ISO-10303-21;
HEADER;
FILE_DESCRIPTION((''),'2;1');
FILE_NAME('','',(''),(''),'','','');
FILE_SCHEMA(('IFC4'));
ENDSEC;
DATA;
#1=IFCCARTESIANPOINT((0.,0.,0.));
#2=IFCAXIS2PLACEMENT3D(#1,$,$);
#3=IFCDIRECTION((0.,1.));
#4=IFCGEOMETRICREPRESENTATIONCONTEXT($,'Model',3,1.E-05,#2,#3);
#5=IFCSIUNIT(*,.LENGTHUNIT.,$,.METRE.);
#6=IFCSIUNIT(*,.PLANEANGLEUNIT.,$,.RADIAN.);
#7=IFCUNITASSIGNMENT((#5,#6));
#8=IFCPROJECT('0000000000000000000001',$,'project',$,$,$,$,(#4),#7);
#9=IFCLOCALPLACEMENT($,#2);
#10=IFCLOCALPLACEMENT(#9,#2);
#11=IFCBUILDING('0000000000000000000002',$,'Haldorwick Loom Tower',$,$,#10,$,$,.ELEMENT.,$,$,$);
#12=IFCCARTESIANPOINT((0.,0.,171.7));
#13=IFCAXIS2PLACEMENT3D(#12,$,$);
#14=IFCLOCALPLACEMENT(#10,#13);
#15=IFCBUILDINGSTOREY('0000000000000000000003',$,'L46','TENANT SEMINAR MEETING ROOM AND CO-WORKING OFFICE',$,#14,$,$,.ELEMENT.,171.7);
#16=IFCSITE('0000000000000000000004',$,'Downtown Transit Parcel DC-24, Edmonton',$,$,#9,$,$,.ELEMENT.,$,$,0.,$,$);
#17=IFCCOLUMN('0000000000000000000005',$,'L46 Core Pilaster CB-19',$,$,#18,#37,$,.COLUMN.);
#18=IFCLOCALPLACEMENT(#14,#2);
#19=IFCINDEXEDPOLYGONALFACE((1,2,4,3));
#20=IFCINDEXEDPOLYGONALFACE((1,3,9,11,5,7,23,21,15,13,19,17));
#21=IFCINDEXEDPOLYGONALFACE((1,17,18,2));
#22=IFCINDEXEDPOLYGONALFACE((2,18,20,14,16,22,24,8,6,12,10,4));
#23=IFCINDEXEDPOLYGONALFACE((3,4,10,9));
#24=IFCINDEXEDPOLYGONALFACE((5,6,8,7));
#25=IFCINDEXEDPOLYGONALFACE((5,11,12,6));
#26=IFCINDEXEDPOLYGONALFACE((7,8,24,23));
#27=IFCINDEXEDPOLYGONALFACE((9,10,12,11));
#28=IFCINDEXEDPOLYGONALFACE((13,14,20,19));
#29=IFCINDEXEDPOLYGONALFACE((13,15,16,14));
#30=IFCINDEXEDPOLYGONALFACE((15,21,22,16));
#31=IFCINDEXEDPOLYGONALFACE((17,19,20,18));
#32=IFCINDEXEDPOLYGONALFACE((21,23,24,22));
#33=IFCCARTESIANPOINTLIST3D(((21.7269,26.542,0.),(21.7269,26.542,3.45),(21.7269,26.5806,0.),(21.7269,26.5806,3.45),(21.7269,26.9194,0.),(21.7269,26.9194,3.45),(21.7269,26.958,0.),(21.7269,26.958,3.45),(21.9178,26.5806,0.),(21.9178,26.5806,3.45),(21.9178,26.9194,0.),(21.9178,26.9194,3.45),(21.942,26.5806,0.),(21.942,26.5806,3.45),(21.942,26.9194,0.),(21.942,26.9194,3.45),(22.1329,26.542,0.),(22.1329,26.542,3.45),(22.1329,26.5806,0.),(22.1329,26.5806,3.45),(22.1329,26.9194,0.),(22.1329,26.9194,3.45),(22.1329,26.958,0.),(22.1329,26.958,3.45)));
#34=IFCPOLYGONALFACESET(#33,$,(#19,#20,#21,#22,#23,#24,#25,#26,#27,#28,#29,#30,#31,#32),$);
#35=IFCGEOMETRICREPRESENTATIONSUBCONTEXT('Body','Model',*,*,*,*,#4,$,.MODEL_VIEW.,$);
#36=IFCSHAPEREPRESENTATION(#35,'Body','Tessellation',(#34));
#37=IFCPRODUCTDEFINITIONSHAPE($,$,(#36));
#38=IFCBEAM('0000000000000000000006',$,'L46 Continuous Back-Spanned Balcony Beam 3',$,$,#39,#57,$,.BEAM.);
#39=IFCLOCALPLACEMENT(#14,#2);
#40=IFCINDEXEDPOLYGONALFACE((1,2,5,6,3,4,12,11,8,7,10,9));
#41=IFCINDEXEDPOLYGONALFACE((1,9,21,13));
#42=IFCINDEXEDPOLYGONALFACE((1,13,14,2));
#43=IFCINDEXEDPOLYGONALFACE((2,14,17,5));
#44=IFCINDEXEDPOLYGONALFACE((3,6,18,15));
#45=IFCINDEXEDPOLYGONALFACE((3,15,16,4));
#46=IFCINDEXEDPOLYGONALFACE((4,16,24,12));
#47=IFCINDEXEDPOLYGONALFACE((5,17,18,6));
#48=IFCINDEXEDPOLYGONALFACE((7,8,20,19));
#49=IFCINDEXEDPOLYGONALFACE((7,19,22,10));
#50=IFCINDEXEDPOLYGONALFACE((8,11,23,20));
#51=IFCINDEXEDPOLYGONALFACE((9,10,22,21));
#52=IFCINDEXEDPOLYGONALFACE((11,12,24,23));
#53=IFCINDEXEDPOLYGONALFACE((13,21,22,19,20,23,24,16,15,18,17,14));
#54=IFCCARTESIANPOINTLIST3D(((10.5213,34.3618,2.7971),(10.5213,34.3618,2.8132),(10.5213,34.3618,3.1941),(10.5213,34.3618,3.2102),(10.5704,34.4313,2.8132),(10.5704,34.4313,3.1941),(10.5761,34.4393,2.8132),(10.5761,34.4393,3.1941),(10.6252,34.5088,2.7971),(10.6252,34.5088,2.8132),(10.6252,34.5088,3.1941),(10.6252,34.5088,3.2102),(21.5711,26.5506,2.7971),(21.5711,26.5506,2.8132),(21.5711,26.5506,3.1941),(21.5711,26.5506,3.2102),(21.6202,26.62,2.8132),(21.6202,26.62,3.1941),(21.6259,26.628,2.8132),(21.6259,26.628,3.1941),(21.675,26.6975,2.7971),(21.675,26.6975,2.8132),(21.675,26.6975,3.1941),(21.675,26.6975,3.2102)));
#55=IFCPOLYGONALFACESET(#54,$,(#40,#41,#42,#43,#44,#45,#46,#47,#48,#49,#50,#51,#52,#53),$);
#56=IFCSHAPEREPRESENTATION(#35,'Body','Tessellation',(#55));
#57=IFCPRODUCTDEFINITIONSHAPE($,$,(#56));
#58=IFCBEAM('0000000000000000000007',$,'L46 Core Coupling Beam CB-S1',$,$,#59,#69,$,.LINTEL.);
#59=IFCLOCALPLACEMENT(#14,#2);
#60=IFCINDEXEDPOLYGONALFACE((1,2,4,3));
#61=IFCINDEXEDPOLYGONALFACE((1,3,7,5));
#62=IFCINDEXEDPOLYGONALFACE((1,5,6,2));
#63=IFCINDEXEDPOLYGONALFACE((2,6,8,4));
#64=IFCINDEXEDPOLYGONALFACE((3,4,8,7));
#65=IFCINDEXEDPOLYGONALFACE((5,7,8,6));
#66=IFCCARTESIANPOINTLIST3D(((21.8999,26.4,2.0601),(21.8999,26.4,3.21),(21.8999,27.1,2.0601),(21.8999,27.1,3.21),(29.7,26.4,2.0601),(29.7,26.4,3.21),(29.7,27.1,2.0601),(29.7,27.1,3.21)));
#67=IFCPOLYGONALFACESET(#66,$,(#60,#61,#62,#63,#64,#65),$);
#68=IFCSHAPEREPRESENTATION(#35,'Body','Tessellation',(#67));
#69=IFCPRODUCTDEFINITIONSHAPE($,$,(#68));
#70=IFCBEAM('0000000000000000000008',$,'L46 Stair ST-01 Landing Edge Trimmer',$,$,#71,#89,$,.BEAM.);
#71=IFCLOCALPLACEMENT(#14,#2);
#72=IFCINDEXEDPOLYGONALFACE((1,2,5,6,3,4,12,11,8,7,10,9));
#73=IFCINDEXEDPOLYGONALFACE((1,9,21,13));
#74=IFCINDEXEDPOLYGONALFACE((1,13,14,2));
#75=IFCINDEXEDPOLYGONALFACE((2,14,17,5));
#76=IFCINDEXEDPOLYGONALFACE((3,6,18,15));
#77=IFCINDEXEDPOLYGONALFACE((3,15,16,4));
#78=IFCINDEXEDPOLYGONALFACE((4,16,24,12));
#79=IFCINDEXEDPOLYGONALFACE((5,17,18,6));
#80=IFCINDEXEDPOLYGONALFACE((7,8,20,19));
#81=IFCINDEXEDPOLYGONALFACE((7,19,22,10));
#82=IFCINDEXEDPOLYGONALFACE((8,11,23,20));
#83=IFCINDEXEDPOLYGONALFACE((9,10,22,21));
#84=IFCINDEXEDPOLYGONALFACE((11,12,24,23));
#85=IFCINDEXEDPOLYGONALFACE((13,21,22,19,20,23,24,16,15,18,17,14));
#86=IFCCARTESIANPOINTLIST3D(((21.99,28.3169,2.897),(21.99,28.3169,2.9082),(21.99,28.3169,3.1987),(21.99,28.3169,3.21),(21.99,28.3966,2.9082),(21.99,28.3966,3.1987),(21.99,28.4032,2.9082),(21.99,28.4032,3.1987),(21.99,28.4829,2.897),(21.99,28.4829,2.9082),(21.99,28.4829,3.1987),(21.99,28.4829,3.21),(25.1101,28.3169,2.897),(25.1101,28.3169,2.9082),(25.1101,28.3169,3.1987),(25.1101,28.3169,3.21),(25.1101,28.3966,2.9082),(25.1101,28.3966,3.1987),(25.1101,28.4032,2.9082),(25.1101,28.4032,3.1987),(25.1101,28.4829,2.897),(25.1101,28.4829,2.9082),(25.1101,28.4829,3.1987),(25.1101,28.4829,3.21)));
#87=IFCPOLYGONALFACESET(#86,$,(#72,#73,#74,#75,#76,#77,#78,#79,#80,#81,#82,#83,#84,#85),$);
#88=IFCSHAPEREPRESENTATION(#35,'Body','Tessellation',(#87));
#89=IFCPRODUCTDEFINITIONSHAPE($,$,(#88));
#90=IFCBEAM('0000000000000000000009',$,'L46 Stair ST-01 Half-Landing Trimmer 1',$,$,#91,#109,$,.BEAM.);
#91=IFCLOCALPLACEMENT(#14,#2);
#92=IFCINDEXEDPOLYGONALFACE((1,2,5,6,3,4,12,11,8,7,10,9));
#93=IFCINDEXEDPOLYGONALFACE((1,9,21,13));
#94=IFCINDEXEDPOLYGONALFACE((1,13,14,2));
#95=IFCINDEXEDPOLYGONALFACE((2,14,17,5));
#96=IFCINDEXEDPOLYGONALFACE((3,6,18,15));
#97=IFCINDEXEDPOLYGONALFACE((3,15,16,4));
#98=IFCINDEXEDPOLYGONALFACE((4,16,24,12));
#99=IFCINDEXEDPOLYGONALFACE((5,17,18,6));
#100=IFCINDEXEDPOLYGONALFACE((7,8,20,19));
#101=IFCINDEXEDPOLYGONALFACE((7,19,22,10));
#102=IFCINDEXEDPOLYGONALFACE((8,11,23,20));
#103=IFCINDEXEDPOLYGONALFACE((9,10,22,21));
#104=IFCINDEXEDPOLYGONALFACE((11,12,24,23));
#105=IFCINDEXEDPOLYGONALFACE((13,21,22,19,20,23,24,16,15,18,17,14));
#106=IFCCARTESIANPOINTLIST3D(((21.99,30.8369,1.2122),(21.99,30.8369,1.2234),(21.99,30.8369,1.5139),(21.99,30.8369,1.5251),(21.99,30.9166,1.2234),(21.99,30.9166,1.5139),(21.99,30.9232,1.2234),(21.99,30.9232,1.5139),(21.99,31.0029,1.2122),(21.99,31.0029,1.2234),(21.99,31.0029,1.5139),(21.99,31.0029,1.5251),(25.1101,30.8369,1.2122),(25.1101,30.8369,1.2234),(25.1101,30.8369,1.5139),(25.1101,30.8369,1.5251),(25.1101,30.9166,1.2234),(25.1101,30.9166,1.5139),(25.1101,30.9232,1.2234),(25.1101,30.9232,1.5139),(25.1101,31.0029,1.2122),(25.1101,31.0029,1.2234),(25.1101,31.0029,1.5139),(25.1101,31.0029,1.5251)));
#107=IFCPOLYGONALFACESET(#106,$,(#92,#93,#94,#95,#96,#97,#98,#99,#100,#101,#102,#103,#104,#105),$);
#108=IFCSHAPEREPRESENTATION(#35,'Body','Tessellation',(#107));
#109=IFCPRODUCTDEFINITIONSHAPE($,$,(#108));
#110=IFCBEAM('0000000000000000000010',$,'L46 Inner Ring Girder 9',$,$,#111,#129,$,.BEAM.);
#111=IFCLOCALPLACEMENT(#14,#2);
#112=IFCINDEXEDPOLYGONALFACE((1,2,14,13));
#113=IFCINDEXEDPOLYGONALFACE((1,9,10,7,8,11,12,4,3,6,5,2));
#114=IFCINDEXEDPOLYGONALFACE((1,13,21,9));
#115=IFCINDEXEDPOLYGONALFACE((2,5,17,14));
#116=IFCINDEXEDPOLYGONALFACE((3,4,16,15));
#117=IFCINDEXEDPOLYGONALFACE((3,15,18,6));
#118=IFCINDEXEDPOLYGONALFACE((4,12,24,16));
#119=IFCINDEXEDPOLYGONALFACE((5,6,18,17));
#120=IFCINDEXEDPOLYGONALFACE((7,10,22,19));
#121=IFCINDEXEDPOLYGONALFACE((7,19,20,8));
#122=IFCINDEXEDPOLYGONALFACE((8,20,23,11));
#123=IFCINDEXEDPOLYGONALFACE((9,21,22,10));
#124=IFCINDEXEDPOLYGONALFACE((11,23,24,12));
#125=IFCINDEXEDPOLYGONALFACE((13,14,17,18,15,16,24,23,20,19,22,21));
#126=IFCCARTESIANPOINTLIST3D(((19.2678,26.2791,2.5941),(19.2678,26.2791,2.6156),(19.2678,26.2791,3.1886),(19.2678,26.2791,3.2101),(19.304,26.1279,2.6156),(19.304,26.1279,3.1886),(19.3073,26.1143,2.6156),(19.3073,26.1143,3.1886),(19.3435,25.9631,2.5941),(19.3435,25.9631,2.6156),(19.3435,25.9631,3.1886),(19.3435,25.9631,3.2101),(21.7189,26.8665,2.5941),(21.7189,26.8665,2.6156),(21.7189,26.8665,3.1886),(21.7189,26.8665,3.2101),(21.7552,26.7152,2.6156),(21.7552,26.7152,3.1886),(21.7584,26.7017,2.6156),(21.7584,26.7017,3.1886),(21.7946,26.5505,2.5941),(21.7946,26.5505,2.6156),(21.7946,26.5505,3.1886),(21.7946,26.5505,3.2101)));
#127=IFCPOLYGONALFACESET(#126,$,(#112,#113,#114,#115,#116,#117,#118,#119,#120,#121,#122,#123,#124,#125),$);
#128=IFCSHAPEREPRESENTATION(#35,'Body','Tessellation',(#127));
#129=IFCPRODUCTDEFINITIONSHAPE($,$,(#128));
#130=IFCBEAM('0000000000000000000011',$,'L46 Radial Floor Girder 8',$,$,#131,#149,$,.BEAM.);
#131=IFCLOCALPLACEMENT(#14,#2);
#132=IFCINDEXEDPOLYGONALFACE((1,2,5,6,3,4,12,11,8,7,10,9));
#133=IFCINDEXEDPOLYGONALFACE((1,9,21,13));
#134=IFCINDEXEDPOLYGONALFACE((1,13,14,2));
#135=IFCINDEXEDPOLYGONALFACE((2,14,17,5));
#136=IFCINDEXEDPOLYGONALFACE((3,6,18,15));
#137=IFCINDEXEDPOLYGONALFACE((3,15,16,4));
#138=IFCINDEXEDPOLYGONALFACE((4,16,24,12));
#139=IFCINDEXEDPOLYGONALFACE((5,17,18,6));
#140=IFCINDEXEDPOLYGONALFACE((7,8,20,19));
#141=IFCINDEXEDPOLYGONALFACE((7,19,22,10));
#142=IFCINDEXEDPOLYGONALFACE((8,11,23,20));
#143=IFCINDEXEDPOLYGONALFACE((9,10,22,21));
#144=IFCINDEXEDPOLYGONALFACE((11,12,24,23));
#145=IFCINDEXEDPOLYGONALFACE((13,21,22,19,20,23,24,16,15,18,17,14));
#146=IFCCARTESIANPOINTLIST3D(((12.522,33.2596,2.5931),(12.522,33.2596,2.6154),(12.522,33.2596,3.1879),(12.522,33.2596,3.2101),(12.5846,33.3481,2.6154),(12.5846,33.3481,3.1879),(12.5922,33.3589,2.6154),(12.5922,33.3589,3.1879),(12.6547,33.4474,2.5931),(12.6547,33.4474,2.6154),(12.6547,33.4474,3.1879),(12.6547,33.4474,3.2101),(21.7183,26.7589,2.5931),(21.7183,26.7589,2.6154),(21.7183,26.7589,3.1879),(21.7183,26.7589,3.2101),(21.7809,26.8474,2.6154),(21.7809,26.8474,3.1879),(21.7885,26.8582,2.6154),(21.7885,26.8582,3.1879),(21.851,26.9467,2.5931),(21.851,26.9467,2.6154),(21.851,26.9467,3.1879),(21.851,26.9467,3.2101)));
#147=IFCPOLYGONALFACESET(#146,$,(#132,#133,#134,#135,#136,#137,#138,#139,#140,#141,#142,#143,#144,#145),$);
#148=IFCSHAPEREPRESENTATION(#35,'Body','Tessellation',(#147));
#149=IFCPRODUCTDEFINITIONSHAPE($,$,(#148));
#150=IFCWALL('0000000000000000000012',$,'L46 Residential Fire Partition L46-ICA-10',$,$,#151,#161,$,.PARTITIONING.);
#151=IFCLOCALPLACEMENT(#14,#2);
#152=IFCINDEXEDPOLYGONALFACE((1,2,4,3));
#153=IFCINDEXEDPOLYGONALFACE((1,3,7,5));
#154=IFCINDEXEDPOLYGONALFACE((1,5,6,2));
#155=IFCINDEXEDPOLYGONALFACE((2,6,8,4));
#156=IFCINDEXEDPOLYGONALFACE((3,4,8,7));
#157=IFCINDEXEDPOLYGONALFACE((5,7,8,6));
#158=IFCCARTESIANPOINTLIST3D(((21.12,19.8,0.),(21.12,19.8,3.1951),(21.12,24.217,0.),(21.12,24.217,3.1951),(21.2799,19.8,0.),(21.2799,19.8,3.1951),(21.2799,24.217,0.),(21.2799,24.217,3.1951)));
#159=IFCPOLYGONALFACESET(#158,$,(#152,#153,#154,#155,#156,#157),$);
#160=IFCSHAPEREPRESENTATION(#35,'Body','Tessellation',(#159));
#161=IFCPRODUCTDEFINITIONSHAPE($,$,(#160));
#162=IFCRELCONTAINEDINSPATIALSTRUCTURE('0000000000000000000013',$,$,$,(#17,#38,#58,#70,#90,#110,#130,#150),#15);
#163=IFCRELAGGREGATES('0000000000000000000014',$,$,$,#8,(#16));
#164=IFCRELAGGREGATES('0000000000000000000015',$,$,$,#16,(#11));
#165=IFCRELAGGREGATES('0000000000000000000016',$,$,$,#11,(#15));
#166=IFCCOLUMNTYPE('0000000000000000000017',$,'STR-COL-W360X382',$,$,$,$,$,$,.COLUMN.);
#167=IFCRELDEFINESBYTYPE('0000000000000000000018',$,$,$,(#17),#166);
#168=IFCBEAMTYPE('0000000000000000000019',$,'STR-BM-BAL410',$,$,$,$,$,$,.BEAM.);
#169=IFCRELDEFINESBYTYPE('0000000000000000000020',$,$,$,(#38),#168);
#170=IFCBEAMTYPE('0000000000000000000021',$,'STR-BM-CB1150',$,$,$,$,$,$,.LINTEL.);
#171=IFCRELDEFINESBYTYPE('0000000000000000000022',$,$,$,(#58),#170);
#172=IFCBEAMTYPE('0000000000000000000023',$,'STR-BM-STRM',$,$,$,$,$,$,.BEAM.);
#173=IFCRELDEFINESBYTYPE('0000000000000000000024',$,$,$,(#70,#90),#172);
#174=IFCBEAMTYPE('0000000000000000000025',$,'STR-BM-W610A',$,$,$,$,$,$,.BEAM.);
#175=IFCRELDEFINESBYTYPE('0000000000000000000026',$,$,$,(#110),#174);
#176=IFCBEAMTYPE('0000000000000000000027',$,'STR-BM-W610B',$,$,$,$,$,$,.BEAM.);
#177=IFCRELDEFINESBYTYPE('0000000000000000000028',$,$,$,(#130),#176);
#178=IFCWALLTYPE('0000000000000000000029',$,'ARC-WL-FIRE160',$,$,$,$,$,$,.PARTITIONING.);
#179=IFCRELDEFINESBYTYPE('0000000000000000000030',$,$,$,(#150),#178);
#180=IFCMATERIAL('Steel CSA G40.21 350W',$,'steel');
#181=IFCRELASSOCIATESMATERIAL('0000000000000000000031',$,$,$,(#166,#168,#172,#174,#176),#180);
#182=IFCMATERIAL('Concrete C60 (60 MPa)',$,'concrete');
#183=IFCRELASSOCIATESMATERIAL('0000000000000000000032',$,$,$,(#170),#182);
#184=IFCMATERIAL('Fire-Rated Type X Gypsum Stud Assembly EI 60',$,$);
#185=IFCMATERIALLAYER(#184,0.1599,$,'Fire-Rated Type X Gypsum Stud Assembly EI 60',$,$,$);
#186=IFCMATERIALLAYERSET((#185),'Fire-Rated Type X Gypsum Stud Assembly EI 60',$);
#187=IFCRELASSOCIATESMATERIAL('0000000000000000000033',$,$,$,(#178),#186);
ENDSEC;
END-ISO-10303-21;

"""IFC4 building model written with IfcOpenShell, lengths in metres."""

from ifc_helpers import new_model, si_unit, direction, frame, frame_2d, origin, origin_2d, place, context, subcontext, project, spatial, rectangle, i_section, extrude, material, layer, layer_set, material_profile, profile_set, type_object, element, save


model = new_model("IFC4")

# Units and contexts
model_context = context("Model", 3, precision=1e-05, world=origin(), true_north=direction((0.0, 1.0)))
body_context = subcontext(model_context, "Body", "Model", "MODEL_VIEW")
ifc_project = project(units=[si_unit("LENGTHUNIT", "METRE"), si_unit("PLANEANGLEUNIT", "RADIAN")], contexts=[model_context])

# Site, building, storey
site_placement = place(None, origin())
site = spatial("IfcSite", under=ifc_project, at=site_placement, Name="Downtown Transit Parcel DC-24, Edmonton", CompositionType="ELEMENT", RefElevation=0.0)
building_placement = place(site_placement, origin())
building = spatial("IfcBuilding", under=site, at=building_placement, Name="Haldorwick Loom Tower", CompositionType="ELEMENT")
storey_placement = place(building_placement, frame((0.0, 0.0, 171.7)))
storey = spatial("IfcBuildingStorey", under=building, at=storey_placement, Name="L46", Description="TENANT SEMINAR MEETING ROOM AND CO-WORKING OFFICE", CompositionType="ELEMENT", Elevation=171.7)

# Column
ifc_material_1 = material(Name="Steel CSA G40.21 350W", Category="steel")
ifc_material_profile_1 = material_profile(ifc_material_1, i_section(OverallWidth=0.406, OverallDepth=0.416, WebThickness=0.0242, FlangeThickness=0.0386, at=origin_2d()), Name="W360X382", Category="steel")
ifc_profile_set_1 = profile_set([ifc_material_profile_1], Name="Steel CSA G40.21 350W")
column_type = type_object("IfcColumnType", Name="STR-COL-W360X382", PredefinedType="COLUMN", material=ifc_profile_set_1)
column_placement = place(storey_placement, frame((21.9299, 26.75, 0.0), z_axis=(0.0, 0.0, 1.0), x_axis=(1.0, 0.0, 0.0)))
element("IfcColumn", 1, at=column_placement, inside=storey, type_object=column_type, Name="L46 Core Pilaster CB-19", PredefinedType="COLUMN", context=body_context, shape_type="SweptSolid", body=[
    extrude(i_section(OverallWidth=0.406, OverallDepth=0.416, WebThickness=0.0242, FlangeThickness=0.0386, at=origin_2d()), origin(), (0.0, 0.0, 1.0), 3.45),
])

# Beams
ifc_material_profile_2 = material_profile(ifc_material_1, i_section(OverallWidth=0.1799, OverallDepth=0.4131, WebThickness=0.0098, FlangeThickness=0.0161, at=origin_2d()), Name="W410X74", Category="steel")
ifc_profile_set_2 = profile_set([ifc_material_profile_2], Name="Steel CSA G40.21 350W")
beam_type_1 = type_object("IfcBeamType", Name="STR-BM-BAL410", PredefinedType="BEAM", material=ifc_profile_set_2)
beam_1_placement = place(storey_placement, frame((21.623, 26.624, 3.0037), z_axis=(-0.81657, 0.577246, 0.0), x_axis=(-0.577246, -0.81657, 0.0)))
element("IfcBeam", 2, at=beam_1_placement, inside=storey, type_object=beam_type_1, Name="L46 Continuous Back-Spanned Balcony Beam 3", PredefinedType="BEAM", context=body_context, shape_type="SweptSolid", body=[
    extrude(i_section(OverallWidth=0.1799, OverallDepth=0.4131, WebThickness=0.0098, FlangeThickness=0.0161, at=origin_2d()), origin(), (0.0, 0.0, 1.0), 13.532),
])
ifc_material_2 = material(Name="Concrete C60 (60 MPa)", Category="concrete")
ifc_material_profile_3 = material_profile(ifc_material_2, rectangle(XDim=0.7, YDim=1.1499, at=origin_2d()), Name="RC700X1150", Category="concrete")
ifc_profile_set_3 = profile_set([ifc_material_profile_3], Name="Concrete C60 (60 MPa)")
beam_type_2 = type_object("IfcBeamType", Name="STR-BM-CB1150", PredefinedType="LINTEL", material=ifc_profile_set_3)
beam_2_placement = place(storey_placement, frame((21.8999, 26.75, 2.635), z_axis=(1.0, 0.0, 0.0), x_axis=(0.0, 1.0, 0.0)))
element("IfcBeam", 3, at=beam_2_placement, inside=storey, type_object=beam_type_2, Name="L46 Core Coupling Beam CB-S1", PredefinedType="LINTEL", context=body_context, shape_type="SweptSolid", body=[
    extrude(rectangle(XDim=0.7, YDim=1.1499, at=origin_2d()), origin(), (0.0, 0.0, 1.0), 7.8),
])
ifc_material_profile_4 = material_profile(ifc_material_1, i_section(OverallWidth=0.166, OverallDepth=0.313, WebThickness=0.0066, FlangeThickness=0.0112, at=origin_2d()), Name="W310X45", Category="steel")
ifc_profile_set_4 = profile_set([ifc_material_profile_4], Name="Steel CSA G40.21 350W")
beam_type_3 = type_object("IfcBeamType", Name="STR-BM-STRM", PredefinedType="BEAM", material=ifc_profile_set_4)
for number, where, z_axis, x_axis, name in (
    (4, (21.99, 28.3999, 3.0535), (1.0, 0.0, 0.0), (0.0, 1.0, 0.0), "L46 Stair ST-01 Landing Edge Trimmer"),
    (5, (21.99, 30.9199, 1.3687), (1.0, 0.0, 0.0), (0.0, 1.0, 0.0), "L46 Stair ST-01 Half-Landing Trimmer 1"),
):
    element("IfcBeam", number, at=place(storey_placement, frame(where, z_axis=z_axis, x_axis=x_axis)), inside=storey, type_object=beam_type_3, Name=name, PredefinedType="BEAM", context=body_context, shape_type="SweptSolid", body=[
        extrude(i_section(OverallWidth=0.166, OverallDepth=0.313, WebThickness=0.0066, FlangeThickness=0.0112, at=origin_2d()), origin(), (0.0, 0.0, 1.0), 3.1201),
    ])
ifc_material_profile_5 = material_profile(ifc_material_1, i_section(OverallWidth=0.325, OverallDepth=0.616, WebThickness=0.0139, FlangeThickness=0.0215, at=origin_2d()), Name="W610X174", Category="steel")
ifc_profile_set_5 = profile_set([ifc_material_profile_5], Name="Steel CSA G40.21 350W")
beam_type_4 = type_object("IfcBeamType", Name="STR-BM-W610A", PredefinedType="BEAM", material=ifc_profile_set_5)
beam_3_placement = place(storey_placement, frame((19.3057, 26.1211, 2.9021), z_axis=(0.972466, 0.233043, 0.0), x_axis=(-0.233043, 0.972466, 0.0)))
element("IfcBeam", 6, at=beam_3_placement, inside=storey, type_object=beam_type_4, Name="L46 Inner Ring Girder 9", PredefinedType="BEAM", context=body_context, shape_type="SweptSolid", body=[
    extrude(i_section(OverallWidth=0.325, OverallDepth=0.616, WebThickness=0.0139, FlangeThickness=0.0215, at=origin_2d()), origin(), (0.0, 0.0, 1.0), 2.5205),
])
ifc_material_profile_6 = material_profile(ifc_material_1, i_section(OverallWidth=0.23, OverallDepth=0.6169, WebThickness=0.0132, FlangeThickness=0.0222, at=origin_2d()), Name="W610X140", Category="steel")
ifc_profile_set_6 = profile_set([ifc_material_profile_6], Name="Steel CSA G40.21 350W")
beam_type_5 = type_object("IfcBeamType", Name="STR-BM-W610B", PredefinedType="BEAM", material=ifc_profile_set_6)
beam_4_placement = place(storey_placement, frame((21.7847, 26.8528, 2.9016), z_axis=(-0.816581, 0.57723, 0.0), x_axis=(-0.57723, -0.816581, 0.0)))
element("IfcBeam", 7, at=beam_4_placement, inside=storey, type_object=beam_type_5, Name="L46 Radial Floor Girder 8", PredefinedType="BEAM", context=body_context, shape_type="SweptSolid", body=[
    extrude(i_section(OverallWidth=0.23, OverallDepth=0.6169, WebThickness=0.0132, FlangeThickness=0.0222, at=origin_2d()), origin(), (0.0, 0.0, 1.0), 11.262),
])

# Wall
ifc_material_3 = material(Name="Fire-Rated Type X Gypsum Stud Assembly EI 60")
ifc_layer_1 = layer(ifc_material_3, 0.1599, Name="Fire-Rated Type X Gypsum Stud Assembly EI 60")
ifc_layer_set_1 = layer_set([ifc_layer_1], Name="Fire-Rated Type X Gypsum Stud Assembly EI 60")
wall_type_1 = type_object("IfcWallType", Name="ARC-WL-FIRE160", PredefinedType="PARTITIONING", material=ifc_layer_set_1)
wall_1_placement = place(storey_placement, frame((21.2, 24.217, 0.0), z_axis=(0.0, 0.0, 1.0), x_axis=(0.0, -1.0, 0.0)))
element("IfcWall", 8, at=wall_1_placement, inside=storey, type_object=wall_type_1, Name="L46 Residential Fire Partition L46-ICA-10", PredefinedType="PARTITIONING", context=body_context, shape_type="SweptSolid", body=[
    extrude(rectangle(XDim=4.417, YDim=0.1599, at=frame_2d((2.2085, 0.0))), origin(), (0.0, 0.0, 1.0), 3.1951),
])

save(model, "model.ifc")
